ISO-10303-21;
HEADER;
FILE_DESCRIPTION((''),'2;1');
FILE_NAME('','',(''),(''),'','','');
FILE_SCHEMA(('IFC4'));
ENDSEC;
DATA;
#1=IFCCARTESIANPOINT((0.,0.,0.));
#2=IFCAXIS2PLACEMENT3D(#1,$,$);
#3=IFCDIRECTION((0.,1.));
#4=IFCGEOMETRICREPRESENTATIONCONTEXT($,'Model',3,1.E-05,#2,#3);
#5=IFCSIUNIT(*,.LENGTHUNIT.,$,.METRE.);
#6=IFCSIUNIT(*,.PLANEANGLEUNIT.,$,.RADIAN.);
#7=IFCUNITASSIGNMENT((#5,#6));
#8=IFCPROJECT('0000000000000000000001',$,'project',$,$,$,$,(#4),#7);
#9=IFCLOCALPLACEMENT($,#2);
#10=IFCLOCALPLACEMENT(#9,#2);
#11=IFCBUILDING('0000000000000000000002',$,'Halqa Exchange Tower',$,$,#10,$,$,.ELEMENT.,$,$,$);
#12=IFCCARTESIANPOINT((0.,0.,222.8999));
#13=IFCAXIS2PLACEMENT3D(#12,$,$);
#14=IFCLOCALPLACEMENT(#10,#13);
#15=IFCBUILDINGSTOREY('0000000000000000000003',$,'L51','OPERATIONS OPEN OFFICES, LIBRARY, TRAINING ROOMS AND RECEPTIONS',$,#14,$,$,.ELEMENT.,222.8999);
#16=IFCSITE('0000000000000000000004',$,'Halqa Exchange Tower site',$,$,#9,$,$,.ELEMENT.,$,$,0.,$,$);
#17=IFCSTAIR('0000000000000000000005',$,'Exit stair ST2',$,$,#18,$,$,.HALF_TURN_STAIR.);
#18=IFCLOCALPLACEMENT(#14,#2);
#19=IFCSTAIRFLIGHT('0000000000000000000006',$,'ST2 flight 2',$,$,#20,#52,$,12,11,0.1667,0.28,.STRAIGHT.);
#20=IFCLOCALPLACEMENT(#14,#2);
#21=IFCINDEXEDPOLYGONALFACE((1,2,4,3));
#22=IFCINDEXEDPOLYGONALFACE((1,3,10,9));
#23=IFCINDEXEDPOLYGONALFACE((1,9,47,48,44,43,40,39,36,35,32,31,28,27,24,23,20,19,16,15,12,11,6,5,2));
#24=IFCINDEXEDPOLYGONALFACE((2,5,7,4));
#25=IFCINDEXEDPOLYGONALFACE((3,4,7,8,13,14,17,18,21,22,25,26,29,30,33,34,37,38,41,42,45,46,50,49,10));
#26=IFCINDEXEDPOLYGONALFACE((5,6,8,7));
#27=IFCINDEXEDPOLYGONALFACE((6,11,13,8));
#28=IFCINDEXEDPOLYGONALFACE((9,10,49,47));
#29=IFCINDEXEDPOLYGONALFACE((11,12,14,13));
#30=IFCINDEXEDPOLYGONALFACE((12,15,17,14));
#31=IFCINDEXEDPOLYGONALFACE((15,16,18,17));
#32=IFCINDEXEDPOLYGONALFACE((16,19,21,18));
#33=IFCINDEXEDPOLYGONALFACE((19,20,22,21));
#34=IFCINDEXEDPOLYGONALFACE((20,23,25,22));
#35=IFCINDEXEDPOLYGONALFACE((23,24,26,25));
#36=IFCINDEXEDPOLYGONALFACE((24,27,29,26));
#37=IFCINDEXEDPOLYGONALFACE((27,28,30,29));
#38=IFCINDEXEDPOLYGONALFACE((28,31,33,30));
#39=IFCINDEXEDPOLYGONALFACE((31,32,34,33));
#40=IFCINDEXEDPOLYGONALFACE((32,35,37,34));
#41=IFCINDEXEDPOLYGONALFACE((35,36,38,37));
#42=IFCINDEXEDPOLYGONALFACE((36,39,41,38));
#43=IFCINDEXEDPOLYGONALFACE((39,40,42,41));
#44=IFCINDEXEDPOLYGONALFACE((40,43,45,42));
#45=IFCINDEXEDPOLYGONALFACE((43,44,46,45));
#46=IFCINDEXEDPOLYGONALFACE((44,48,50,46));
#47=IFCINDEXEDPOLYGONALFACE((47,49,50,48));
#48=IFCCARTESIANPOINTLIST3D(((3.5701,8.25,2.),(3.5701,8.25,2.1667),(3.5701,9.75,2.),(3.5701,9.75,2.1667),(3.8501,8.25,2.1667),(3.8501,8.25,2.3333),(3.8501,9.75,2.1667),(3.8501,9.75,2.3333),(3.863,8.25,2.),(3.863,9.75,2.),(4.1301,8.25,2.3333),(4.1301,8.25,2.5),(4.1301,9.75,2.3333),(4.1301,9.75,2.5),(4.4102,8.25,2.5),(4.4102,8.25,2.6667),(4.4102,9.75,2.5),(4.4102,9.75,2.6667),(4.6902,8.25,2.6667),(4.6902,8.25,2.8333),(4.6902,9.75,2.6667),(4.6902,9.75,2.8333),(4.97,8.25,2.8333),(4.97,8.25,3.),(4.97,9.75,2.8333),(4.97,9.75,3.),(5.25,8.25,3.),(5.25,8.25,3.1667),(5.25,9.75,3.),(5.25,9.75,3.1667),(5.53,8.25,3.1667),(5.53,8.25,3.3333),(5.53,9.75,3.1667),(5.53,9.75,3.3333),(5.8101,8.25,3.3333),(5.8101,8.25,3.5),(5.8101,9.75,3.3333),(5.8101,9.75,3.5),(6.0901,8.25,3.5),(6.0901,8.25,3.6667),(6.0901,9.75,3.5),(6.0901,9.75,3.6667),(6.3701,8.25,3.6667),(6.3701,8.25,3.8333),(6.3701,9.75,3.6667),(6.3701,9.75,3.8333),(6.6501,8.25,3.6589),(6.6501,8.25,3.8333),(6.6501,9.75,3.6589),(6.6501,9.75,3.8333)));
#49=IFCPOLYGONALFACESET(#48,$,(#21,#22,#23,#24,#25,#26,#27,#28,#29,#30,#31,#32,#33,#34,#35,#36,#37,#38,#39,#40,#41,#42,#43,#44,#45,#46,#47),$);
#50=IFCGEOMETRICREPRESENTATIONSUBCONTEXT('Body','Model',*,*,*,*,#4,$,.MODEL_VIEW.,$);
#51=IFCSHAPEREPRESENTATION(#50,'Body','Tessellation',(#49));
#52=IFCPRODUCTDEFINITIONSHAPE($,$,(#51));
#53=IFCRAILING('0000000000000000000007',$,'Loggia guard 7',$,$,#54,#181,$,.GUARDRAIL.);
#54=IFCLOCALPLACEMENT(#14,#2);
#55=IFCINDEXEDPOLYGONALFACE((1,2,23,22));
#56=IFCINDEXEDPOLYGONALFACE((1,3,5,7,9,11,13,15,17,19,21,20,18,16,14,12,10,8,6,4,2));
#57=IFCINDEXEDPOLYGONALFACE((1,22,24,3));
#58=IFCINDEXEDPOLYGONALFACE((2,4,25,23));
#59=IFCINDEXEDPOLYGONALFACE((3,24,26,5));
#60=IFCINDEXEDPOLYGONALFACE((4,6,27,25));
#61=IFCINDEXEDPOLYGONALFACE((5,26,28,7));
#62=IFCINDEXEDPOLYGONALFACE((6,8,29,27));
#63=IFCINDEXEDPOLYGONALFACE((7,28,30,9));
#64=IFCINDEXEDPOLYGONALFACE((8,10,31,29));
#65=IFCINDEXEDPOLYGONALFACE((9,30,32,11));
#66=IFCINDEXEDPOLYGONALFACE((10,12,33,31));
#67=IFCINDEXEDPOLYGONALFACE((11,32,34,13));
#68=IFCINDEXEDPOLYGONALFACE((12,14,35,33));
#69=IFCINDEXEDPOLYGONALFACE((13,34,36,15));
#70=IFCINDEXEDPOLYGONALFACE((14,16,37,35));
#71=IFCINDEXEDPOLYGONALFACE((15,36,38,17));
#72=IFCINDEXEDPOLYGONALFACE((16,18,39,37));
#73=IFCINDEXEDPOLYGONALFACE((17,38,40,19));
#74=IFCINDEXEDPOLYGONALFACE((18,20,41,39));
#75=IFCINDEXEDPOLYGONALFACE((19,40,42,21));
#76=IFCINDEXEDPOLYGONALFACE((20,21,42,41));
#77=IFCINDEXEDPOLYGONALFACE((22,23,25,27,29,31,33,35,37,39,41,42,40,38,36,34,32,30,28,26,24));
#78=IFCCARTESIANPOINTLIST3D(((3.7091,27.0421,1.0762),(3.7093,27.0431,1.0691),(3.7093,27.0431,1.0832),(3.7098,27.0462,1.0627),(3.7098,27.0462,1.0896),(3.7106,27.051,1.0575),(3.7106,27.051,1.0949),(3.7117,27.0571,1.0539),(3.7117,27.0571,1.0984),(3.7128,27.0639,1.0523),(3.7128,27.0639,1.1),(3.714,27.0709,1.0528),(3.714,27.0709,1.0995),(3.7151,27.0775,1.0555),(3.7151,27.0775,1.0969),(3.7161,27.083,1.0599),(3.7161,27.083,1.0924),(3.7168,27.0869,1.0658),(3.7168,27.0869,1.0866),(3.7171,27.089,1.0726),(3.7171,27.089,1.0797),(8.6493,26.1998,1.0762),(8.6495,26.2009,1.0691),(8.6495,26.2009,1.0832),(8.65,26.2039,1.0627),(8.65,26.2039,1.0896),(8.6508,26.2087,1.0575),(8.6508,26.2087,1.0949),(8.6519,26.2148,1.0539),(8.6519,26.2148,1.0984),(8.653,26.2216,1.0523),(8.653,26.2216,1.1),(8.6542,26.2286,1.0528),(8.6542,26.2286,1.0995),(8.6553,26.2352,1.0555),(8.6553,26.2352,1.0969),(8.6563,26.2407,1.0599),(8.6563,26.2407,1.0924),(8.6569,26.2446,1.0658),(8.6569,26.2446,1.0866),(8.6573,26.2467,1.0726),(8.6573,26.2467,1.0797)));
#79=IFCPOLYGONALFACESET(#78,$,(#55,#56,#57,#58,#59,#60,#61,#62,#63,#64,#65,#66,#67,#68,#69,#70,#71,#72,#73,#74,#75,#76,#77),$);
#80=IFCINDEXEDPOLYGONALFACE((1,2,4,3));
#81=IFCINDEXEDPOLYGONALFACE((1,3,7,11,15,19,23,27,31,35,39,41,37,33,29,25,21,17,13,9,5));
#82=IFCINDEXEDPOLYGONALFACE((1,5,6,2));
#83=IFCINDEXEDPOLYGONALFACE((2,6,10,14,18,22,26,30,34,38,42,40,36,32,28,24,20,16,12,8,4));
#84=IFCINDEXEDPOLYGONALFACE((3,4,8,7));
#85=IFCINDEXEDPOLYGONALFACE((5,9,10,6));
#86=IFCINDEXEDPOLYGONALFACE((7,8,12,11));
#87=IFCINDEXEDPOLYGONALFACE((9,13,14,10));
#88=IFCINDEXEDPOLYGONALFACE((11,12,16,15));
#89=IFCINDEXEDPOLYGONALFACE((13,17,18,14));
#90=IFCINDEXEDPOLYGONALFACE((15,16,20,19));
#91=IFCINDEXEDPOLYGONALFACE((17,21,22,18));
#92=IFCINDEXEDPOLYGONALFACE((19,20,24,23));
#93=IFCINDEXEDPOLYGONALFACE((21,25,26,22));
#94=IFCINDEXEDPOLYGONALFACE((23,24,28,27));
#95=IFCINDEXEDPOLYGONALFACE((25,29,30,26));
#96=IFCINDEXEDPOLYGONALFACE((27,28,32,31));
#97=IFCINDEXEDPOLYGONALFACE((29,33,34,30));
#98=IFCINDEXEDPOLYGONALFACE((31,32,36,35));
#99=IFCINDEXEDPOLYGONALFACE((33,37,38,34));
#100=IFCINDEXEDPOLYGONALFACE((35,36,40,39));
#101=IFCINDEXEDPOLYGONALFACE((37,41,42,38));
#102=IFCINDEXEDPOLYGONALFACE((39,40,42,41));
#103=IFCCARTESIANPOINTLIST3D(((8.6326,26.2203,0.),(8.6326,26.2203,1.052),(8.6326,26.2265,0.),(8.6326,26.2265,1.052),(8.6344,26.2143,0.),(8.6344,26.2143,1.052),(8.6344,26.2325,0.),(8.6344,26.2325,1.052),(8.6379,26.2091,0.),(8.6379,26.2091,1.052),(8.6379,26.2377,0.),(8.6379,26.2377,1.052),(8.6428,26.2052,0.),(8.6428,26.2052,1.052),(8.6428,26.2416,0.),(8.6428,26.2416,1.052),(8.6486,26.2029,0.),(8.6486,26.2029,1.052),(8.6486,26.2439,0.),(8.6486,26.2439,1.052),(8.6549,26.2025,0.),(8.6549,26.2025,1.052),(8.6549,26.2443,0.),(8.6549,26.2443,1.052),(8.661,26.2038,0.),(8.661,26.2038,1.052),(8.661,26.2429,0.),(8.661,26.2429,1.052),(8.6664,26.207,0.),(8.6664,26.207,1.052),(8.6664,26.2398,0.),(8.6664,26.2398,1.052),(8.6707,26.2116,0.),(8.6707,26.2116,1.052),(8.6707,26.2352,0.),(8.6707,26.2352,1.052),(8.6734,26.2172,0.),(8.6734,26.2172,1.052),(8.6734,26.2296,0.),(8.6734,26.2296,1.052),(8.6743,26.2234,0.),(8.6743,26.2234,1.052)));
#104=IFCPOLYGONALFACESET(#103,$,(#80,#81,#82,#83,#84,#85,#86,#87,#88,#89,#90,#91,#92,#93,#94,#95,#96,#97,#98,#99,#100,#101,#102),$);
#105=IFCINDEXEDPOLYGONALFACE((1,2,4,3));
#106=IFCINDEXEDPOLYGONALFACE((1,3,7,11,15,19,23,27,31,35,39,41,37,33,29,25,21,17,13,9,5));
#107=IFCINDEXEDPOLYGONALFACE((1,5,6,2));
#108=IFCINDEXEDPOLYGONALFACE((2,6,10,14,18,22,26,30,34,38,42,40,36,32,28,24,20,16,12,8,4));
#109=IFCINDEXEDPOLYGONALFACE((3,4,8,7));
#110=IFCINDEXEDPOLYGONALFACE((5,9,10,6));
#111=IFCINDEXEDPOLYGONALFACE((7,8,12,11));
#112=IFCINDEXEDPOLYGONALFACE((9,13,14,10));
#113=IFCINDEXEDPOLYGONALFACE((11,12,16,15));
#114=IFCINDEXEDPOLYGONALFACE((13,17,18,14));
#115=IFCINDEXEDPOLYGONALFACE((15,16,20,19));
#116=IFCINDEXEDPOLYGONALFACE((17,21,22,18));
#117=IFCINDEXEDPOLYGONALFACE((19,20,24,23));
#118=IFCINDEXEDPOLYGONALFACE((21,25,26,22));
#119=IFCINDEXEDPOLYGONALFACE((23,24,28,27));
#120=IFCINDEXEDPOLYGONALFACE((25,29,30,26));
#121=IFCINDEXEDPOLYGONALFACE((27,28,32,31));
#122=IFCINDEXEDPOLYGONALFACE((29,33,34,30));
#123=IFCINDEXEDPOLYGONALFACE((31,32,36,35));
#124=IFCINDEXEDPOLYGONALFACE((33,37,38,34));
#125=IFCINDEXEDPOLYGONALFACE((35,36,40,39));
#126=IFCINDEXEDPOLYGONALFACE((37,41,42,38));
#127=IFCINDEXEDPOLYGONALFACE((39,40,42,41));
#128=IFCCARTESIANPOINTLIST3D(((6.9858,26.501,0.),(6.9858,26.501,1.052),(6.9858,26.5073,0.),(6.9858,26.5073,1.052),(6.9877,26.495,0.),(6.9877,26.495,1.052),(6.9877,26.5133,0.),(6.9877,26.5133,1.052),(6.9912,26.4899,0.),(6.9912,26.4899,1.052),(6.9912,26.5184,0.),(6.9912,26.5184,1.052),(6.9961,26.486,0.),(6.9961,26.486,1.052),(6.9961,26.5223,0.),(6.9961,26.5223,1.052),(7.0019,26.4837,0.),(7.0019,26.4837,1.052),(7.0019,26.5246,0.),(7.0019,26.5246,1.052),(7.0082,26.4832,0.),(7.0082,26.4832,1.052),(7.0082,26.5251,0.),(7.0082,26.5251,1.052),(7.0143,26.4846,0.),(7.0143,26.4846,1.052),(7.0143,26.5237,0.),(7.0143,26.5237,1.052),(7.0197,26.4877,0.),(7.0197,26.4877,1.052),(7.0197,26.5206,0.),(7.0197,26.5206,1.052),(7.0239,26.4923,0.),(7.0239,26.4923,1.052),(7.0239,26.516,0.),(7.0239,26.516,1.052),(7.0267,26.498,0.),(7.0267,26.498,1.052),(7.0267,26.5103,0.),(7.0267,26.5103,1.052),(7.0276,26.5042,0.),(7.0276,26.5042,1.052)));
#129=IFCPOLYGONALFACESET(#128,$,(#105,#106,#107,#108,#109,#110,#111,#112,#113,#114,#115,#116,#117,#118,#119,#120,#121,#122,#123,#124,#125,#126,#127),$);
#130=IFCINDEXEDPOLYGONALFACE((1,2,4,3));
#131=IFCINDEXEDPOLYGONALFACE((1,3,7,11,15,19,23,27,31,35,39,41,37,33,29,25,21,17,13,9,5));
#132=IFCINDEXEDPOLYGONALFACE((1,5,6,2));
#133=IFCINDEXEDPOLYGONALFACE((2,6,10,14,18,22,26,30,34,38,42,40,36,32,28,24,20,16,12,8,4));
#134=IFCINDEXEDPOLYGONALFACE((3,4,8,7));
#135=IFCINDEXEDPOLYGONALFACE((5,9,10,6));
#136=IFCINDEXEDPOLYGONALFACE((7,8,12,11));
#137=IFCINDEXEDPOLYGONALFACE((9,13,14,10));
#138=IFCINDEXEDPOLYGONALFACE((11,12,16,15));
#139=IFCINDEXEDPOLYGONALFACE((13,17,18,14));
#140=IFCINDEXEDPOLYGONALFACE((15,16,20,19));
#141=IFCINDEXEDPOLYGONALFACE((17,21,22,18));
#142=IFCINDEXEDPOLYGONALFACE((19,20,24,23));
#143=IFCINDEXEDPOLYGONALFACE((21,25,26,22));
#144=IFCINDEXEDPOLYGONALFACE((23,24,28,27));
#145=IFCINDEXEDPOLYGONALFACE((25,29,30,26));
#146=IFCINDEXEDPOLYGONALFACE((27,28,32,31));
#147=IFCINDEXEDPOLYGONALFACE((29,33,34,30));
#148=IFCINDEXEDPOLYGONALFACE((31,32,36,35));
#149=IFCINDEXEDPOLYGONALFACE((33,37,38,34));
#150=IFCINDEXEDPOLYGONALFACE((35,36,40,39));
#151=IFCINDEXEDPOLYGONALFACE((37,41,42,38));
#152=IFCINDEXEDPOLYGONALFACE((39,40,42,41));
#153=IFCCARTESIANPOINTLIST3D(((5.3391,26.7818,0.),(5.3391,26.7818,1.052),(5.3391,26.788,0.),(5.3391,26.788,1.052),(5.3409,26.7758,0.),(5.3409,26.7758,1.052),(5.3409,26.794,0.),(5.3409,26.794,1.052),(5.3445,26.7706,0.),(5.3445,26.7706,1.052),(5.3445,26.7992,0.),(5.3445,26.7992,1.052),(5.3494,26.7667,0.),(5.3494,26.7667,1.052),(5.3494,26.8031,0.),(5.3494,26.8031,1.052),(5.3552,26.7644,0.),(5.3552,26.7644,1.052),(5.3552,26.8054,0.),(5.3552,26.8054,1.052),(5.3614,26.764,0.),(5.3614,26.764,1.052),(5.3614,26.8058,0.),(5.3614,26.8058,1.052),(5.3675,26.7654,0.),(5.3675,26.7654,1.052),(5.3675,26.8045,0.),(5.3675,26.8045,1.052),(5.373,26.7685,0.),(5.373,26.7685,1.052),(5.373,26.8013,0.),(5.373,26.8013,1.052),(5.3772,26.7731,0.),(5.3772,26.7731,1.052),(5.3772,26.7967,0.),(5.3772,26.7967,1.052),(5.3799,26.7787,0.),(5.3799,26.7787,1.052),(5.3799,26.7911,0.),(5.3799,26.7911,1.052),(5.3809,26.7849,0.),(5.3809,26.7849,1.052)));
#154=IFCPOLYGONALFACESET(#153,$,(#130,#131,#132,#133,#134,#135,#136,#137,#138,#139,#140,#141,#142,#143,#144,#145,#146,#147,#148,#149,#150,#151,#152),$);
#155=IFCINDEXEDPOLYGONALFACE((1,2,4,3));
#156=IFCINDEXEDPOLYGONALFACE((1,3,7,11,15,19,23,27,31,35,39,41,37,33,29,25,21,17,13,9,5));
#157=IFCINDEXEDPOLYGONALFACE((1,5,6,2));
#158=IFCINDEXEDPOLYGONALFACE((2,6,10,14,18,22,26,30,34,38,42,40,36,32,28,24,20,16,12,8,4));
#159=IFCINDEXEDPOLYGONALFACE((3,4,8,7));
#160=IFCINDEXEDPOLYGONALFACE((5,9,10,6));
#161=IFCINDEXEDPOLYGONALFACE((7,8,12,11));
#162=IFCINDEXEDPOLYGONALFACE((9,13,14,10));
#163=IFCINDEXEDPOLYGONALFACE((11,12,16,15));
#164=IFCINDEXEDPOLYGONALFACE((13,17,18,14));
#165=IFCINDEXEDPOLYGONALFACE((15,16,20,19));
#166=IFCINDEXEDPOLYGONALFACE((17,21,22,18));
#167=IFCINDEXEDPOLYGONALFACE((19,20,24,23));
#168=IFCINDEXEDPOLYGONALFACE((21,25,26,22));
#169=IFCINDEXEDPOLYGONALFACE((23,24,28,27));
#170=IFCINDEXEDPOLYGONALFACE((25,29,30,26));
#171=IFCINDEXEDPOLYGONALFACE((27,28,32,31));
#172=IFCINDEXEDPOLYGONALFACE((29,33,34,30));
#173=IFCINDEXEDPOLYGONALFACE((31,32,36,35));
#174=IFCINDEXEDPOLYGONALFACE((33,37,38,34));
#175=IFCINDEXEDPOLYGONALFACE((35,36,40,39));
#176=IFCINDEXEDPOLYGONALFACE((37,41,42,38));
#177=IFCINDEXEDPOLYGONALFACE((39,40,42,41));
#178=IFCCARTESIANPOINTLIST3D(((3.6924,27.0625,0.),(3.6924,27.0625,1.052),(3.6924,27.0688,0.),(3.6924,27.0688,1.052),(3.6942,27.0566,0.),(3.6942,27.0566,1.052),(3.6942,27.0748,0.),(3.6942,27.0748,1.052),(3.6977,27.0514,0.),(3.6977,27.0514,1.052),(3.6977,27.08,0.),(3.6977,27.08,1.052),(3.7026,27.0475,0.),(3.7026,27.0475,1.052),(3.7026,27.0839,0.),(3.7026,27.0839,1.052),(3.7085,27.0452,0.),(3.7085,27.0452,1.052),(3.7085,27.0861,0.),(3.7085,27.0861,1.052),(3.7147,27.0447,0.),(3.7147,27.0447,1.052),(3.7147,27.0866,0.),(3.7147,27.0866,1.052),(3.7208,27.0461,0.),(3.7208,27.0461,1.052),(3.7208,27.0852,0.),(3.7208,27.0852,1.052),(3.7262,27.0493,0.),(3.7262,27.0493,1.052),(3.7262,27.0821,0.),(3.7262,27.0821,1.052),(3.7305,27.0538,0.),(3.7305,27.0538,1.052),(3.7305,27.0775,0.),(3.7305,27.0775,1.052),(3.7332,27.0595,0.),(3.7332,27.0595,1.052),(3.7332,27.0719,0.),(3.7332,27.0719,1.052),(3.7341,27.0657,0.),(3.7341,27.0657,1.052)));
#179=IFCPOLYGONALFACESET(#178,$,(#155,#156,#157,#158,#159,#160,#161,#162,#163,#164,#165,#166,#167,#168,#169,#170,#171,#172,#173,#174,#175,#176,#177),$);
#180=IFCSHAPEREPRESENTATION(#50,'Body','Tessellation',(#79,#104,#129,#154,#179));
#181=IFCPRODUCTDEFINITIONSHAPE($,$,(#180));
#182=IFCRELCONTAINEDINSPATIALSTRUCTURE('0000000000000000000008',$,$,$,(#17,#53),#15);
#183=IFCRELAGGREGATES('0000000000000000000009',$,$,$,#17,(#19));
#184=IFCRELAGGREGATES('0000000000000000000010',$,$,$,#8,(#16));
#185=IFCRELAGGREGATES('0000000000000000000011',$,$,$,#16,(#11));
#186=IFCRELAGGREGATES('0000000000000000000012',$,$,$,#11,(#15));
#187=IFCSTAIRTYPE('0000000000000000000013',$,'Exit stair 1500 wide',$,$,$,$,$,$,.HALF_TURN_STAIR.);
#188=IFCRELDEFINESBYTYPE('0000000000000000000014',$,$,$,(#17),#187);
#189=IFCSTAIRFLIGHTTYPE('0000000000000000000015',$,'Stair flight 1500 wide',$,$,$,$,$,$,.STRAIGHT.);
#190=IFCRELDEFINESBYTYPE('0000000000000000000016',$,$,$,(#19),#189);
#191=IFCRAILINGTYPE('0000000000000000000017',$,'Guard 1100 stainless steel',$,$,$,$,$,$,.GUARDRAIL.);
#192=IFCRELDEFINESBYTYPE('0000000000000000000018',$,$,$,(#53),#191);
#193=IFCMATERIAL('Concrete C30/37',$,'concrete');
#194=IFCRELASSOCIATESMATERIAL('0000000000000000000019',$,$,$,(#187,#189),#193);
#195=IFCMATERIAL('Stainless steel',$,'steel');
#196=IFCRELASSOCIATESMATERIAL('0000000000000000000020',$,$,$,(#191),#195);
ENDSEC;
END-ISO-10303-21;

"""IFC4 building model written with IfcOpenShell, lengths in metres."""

from ifc_helpers import new_model, si_unit, direction, frame, origin, origin_2d, place, context, subcontext, project, spatial, polyline, circle, outline, extrude, material, type_object, element, aggregate, save


model = new_model("IFC4")

# Units and contexts
model_context = context("Model", 3, precision=1e-05, world=origin(), true_north=direction((0.0, 1.0)))
body_context = subcontext(model_context, "Body", "Model", "MODEL_VIEW")
ifc_project = project(units=[si_unit("LENGTHUNIT", "METRE"), si_unit("PLANEANGLEUNIT", "RADIAN")], contexts=[model_context])

# Site, building, storey
site_placement = place(None, origin())
site = spatial("IfcSite", under=ifc_project, at=site_placement, Name="Halqa Exchange Tower site", CompositionType="ELEMENT", RefElevation=0.0)
building_placement = place(site_placement, origin())
building = spatial("IfcBuilding", under=site, at=building_placement, Name="Halqa Exchange Tower", CompositionType="ELEMENT")
storey_placement = place(building_placement, frame((0.0, 0.0, 222.8999)))
storey = spatial("IfcBuildingStorey", under=building, at=storey_placement, Name="L51", Description="OPERATIONS OPEN OFFICES, LIBRARY, TRAINING ROOMS AND RECEPTIONS", CompositionType="ELEMENT", Elevation=222.8999)

# Shared definitions
ifc_material_1 = material(Name="Concrete C30/37", Category="concrete")

# Stair, stair flight
stair_type = type_object("IfcStairType", Name="Exit stair 1500 wide", PredefinedType="HALF_TURN_STAIR", material=ifc_material_1)
stair_placement = place(storey_placement, origin())
stair = element("IfcStair", 1, at=stair_placement, inside=storey, type_object=stair_type, Name="Exit stair ST2", PredefinedType="HALF_TURN_STAIR")
stair_flight_type = type_object("IfcStairFlightType", Name="Stair flight 1500 wide", PredefinedType="STRAIGHT", material=ifc_material_1)
stair_flight_1_placement = place(storey_placement, frame((3.5701, 9.0, 2.0), z_axis=(0.0, 0.0, 1.0), x_axis=(1.0, 0.0, 0.0)))
stair_flight_1 = element("IfcStairFlight", 2, at=stair_flight_1_placement, type_object=stair_flight_type, Name="ST2 flight 2", NumberOfRisers=12, NumberOfTreads=11, PredefinedType="STRAIGHT", RiserHeight=0.1667, TreadLength=0.28, context=body_context, shape_type="SweptSolid", body=[
    extrude(outline(polyline([(0.0, 0.0), (0.0, 0.1667), (0.28, 0.1667), (0.28, 0.3333), (0.5601, 0.3333), (0.5601, 0.5), (0.8401, 0.5), (0.8401, 0.6667), (1.1201, 0.6667), (1.1201, 0.8333), (1.3999, 0.8333), (1.3999, 1.0), (1.6799, 1.0), (1.6799, 1.1667), (1.96, 1.1667), (1.96, 1.3333), (2.24, 1.3333), (2.24, 1.5), (2.52, 1.5), (2.52, 1.6667), (2.8, 1.6667), (2.8, 1.8333), (3.0801, 1.8333), (3.0801, 2.0), (3.0801, 1.6589), (0.293, 0.0), (0.0, 0.0)])), frame((0.0, 0.75, 0.0), z_axis=(0.0, -1.0, 0.0), x_axis=(1.0, 0.0, 0.0)), (0.0, 0.0, 1.0), 1.5),
])
aggregate(stair, [stair_flight_1])

# Railing
ifc_material_2 = material(Name="Stainless steel", Category="steel")
railing_type_1 = type_object("IfcRailingType", Name="Guard 1100 stainless steel", PredefinedType="GUARDRAIL", material=ifc_material_2)
railing_1_placement = place(storey_placement, frame((8.6533, 26.2234, 0.0)))
element("IfcRailing", 3, at=railing_1_placement, inside=storey, type_object=railing_type_1, Name="Loggia guard 7", PredefinedType="GUARDRAIL", context=body_context, shape_type="SweptSolid", body=[
    extrude(circle(Radius=0.0239, at=origin_2d()), frame((0.0, 0.0, 1.0762), z_axis=(-0.985775, 0.168071, 0.0), x_axis=(-0.168071, -0.985775, 0.0)), (0.0, 0.0, 1.0), 5.0115),
    extrude(circle(Radius=0.021, at=origin_2d()), origin(), (0.0, 0.0, 1.0), 1.052),
    extrude(circle(Radius=0.021, at=origin_2d()), frame((-1.6467, 0.2808, 0.0)), (0.0, 0.0, 1.0), 1.052),
    extrude(circle(Radius=0.021, at=origin_2d()), frame((-3.2935, 0.5615, 0.0)), (0.0, 0.0, 1.0), 1.052),
    extrude(circle(Radius=0.021, at=origin_2d()), frame((-4.9402, 0.8423, 0.0)), (0.0, 0.0, 1.0), 1.052),
])

save(model, "model.ifc")
